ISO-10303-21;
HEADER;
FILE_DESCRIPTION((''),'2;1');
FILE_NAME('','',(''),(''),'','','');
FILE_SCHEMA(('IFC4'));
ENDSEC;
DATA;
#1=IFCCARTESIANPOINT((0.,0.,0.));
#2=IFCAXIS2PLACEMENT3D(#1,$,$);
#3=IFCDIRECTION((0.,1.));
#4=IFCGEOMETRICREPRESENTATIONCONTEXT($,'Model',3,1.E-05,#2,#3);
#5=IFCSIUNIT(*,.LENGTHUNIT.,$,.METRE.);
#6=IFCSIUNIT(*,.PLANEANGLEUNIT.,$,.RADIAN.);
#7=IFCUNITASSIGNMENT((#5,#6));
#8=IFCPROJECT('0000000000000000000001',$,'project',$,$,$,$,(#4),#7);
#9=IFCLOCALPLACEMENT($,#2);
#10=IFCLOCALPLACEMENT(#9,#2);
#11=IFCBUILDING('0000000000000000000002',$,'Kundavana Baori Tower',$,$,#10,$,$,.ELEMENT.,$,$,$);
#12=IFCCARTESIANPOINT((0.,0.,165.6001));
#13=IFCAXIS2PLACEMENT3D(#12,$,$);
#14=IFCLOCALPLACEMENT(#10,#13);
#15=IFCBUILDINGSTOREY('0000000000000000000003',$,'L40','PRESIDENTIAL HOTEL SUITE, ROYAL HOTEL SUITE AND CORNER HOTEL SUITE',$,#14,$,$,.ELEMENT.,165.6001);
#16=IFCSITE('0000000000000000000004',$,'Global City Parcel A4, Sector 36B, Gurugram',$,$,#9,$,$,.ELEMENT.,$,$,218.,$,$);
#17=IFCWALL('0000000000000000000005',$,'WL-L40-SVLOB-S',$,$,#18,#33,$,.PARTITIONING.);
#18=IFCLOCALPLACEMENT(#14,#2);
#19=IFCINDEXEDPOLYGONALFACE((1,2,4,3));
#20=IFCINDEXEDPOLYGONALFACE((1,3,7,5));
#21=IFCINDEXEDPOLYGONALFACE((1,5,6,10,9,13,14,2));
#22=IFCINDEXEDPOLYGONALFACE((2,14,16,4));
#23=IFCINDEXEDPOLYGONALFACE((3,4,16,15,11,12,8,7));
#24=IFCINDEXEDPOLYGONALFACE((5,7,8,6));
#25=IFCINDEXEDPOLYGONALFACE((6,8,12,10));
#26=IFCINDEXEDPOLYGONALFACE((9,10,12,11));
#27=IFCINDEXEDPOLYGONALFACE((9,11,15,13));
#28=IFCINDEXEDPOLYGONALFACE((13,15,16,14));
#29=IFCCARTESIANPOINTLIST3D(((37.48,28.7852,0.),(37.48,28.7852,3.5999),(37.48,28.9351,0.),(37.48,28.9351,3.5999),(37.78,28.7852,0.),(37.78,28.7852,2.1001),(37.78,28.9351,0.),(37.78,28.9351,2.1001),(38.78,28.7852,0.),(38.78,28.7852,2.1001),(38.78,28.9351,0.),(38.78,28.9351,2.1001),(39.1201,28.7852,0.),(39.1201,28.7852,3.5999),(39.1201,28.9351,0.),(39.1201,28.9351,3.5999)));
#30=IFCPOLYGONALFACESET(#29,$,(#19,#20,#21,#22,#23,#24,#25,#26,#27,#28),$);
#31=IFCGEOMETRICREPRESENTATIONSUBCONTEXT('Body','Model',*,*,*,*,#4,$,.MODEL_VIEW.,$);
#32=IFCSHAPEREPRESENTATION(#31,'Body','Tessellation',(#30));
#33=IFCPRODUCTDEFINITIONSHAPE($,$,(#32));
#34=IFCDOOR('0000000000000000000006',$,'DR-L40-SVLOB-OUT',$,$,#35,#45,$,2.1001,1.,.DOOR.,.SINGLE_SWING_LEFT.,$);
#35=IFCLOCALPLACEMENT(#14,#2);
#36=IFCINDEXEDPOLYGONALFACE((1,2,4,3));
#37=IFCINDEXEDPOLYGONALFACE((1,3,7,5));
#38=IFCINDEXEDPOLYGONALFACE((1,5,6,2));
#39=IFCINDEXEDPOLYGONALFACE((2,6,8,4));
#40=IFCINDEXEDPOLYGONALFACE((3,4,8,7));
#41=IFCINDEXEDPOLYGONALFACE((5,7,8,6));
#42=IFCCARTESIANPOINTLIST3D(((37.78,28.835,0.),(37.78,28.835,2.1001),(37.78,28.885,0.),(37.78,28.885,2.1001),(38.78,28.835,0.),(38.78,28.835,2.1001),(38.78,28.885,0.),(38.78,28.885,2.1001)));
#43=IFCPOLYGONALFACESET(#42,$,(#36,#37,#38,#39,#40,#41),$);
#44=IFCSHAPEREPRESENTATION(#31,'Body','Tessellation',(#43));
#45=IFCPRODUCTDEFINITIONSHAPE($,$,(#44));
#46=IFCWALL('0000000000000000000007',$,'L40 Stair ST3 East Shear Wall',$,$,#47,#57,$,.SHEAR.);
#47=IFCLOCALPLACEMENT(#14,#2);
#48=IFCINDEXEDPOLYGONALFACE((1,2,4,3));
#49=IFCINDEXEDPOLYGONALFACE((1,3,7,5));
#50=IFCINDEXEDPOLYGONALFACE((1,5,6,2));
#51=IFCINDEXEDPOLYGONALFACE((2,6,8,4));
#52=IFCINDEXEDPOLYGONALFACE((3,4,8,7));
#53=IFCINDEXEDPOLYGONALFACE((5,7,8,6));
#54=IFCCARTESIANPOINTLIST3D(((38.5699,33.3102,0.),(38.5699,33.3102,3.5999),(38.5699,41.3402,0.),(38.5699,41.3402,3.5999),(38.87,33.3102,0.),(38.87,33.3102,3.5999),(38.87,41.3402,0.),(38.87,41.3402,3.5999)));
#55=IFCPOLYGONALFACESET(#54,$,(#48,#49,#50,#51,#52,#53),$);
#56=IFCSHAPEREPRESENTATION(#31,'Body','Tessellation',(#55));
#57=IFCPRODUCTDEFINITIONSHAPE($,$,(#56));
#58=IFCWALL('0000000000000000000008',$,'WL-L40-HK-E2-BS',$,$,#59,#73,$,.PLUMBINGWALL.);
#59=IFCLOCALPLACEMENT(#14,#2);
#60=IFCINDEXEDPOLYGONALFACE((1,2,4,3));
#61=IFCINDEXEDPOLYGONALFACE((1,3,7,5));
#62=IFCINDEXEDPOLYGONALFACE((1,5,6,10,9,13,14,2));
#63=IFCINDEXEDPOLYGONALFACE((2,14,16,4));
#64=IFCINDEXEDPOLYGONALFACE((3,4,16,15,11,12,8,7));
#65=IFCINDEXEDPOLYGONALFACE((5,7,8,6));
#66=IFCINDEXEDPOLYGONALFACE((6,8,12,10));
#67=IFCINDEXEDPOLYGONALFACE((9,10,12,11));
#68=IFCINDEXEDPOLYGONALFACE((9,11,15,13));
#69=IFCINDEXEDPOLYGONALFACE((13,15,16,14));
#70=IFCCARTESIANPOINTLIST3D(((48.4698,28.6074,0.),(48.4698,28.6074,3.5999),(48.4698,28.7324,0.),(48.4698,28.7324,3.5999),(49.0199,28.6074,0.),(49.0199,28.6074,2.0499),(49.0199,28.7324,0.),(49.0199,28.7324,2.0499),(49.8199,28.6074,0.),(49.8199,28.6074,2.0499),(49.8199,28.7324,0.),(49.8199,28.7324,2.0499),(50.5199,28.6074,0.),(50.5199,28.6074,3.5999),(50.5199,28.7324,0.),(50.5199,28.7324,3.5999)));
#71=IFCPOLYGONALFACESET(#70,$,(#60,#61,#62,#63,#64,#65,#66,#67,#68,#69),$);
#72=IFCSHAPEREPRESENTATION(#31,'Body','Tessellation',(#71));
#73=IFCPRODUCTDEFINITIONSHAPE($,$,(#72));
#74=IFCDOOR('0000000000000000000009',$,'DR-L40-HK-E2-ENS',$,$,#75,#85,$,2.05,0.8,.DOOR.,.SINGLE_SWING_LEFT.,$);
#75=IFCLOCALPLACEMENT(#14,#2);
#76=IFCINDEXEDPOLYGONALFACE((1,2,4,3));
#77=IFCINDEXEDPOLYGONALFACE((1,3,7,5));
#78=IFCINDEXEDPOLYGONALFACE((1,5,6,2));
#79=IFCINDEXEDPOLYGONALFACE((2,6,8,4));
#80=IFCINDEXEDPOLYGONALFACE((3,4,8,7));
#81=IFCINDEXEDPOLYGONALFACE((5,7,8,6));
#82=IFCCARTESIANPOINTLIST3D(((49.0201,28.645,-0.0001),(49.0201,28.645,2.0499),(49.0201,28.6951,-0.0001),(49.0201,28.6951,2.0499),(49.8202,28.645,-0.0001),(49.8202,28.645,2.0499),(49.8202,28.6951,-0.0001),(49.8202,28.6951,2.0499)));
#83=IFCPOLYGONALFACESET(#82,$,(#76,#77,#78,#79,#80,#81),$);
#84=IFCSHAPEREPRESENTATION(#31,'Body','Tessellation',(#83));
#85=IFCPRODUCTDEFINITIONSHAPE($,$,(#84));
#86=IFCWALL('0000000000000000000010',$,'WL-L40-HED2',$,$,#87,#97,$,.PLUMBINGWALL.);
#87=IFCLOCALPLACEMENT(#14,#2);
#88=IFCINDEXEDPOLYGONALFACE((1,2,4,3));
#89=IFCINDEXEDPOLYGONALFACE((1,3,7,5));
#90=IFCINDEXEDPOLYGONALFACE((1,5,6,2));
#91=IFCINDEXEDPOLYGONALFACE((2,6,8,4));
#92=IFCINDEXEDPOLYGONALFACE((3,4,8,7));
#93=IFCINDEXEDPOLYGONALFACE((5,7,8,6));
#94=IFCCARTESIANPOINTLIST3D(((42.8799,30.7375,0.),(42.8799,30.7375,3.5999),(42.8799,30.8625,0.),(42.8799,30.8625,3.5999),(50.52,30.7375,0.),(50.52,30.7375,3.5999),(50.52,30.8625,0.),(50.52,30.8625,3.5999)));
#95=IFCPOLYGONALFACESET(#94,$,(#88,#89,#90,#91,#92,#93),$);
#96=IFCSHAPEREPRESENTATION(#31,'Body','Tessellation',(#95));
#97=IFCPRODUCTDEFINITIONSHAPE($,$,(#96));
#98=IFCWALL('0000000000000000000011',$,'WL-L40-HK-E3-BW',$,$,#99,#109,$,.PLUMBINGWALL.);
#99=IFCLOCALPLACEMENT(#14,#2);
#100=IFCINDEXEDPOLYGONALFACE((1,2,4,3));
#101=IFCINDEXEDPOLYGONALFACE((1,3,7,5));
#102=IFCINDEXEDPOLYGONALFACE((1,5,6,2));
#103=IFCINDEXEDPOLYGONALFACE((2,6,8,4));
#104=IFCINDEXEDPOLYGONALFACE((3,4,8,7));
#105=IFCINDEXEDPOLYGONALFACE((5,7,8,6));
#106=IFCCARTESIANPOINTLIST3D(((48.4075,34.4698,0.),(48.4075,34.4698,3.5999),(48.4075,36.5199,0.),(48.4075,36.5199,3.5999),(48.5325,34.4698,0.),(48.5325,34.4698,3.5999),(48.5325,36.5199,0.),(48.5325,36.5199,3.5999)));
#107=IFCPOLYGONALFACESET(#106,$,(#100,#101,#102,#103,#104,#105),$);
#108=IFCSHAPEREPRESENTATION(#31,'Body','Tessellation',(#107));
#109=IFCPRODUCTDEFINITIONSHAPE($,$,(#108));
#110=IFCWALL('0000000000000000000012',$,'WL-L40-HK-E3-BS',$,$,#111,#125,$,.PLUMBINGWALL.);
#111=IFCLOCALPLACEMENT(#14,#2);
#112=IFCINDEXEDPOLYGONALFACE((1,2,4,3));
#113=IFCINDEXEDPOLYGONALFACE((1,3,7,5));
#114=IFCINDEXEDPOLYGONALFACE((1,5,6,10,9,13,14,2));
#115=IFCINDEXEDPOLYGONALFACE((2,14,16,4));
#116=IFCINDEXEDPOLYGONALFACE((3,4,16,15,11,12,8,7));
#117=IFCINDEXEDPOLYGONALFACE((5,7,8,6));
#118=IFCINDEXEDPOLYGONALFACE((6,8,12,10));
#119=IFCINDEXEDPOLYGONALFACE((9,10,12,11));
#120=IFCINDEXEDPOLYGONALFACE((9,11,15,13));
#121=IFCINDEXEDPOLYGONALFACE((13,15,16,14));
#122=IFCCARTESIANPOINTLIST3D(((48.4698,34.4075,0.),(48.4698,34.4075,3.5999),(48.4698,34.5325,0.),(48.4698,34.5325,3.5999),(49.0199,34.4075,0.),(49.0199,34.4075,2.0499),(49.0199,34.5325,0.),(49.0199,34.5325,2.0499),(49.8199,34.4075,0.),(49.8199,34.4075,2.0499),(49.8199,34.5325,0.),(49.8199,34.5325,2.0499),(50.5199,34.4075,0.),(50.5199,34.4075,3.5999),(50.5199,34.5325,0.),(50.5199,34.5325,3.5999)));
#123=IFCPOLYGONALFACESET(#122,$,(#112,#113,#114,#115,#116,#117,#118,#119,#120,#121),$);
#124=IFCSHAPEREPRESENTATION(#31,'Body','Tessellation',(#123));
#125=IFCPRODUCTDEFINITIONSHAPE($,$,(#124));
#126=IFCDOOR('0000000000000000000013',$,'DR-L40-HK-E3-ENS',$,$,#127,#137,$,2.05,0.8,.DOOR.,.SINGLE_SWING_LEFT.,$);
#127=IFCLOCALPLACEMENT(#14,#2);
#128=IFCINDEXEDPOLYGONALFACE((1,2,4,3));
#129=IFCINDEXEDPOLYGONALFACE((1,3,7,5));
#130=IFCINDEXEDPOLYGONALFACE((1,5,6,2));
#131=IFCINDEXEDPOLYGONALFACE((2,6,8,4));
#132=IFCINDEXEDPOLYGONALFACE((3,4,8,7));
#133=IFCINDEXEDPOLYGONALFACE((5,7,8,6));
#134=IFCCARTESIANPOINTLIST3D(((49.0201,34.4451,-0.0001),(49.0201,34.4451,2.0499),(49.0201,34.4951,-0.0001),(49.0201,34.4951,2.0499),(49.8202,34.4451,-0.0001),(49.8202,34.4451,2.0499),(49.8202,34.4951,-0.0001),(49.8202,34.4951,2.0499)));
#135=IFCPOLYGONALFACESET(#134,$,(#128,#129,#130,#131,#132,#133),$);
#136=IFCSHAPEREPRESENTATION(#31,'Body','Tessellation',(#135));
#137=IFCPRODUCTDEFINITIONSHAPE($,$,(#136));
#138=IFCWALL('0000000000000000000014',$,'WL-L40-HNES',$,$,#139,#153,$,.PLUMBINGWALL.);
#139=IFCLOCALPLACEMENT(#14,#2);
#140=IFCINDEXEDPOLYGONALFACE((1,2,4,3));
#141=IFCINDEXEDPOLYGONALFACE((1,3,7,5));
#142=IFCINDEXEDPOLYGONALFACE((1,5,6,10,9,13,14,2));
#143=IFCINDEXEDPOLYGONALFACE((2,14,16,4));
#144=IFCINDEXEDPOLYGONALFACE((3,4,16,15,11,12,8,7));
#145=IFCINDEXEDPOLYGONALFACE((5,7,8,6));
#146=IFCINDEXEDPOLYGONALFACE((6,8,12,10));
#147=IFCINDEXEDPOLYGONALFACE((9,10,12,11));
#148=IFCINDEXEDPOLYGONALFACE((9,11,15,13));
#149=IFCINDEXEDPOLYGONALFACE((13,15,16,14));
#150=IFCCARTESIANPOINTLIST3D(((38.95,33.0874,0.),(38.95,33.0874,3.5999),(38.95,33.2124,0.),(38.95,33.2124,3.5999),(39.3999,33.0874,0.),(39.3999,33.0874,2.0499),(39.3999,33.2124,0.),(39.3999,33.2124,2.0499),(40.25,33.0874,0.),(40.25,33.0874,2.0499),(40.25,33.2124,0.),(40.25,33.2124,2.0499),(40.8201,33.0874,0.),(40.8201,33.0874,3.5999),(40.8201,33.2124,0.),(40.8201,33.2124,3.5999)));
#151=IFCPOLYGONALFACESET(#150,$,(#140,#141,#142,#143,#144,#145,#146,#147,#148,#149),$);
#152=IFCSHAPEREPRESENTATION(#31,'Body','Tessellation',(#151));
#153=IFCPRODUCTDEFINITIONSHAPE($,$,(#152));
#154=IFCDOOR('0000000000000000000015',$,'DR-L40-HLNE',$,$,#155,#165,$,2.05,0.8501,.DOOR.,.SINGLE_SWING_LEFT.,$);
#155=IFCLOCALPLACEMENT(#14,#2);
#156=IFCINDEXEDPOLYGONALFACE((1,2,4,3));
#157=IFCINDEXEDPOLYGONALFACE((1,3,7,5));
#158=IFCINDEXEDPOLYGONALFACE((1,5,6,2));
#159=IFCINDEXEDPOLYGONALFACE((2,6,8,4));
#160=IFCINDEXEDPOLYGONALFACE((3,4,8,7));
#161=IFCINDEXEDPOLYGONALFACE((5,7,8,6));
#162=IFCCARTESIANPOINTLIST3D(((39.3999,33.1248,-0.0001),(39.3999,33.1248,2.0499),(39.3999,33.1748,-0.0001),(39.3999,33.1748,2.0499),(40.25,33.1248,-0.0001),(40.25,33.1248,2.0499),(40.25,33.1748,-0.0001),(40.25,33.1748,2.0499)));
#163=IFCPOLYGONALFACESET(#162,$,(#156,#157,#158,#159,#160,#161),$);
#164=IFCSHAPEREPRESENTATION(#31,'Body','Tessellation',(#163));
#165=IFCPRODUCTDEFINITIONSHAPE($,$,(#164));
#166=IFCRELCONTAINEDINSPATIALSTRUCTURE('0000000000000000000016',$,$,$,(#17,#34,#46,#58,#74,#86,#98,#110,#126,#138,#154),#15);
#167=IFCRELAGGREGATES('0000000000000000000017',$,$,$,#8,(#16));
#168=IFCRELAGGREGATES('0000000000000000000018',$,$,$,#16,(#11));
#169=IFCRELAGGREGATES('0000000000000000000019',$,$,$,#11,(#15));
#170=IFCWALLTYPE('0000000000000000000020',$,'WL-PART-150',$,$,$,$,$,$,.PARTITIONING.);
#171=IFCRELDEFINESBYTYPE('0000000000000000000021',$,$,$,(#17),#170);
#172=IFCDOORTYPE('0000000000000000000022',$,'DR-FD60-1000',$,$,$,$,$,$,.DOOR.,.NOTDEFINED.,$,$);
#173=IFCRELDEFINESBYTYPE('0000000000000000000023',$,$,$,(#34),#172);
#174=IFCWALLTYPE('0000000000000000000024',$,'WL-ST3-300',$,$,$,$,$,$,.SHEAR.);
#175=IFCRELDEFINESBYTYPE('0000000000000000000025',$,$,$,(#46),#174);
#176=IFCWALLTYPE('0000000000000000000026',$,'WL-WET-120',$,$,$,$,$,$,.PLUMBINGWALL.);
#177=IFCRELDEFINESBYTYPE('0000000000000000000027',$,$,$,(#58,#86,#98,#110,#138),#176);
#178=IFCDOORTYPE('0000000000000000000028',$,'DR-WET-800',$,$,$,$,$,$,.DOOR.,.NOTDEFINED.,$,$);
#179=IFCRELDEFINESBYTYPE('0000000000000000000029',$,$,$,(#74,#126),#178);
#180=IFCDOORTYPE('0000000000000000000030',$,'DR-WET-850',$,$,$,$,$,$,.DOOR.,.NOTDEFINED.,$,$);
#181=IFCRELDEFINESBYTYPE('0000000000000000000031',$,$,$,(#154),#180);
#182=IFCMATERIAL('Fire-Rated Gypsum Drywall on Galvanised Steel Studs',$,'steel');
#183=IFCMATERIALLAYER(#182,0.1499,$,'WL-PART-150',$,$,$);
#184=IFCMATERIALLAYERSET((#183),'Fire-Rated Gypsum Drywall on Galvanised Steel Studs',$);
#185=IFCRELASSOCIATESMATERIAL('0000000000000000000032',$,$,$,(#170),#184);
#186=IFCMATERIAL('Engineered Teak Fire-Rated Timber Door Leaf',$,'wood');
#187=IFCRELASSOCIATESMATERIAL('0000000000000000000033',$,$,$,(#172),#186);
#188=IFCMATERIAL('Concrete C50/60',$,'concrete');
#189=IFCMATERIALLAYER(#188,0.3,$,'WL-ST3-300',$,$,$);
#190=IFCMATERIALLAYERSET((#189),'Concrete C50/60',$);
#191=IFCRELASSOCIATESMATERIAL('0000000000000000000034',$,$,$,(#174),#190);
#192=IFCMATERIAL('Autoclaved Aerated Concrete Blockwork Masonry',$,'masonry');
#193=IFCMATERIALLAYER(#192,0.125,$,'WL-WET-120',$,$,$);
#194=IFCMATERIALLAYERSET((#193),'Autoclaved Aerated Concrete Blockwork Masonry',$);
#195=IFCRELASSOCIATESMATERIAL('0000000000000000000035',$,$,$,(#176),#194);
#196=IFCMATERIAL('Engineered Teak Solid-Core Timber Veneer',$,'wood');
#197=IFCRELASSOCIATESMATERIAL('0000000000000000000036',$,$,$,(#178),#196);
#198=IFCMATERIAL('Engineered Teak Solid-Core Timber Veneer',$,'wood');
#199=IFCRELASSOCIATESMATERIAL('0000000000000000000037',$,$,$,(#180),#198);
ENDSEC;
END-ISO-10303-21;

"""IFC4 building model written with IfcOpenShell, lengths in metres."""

from ifc_helpers import new_model, si_unit, direction, frame, frame_2d, origin, place, context, subcontext, project, spatial, rectangle, extrude, material, layer, layer_set, type_object, element, fill, save


model = new_model("IFC4")

# Units and contexts
model_context = context("Model", 3, precision=1e-05, world=origin(), true_north=direction((0.0, 1.0)))
body_context = subcontext(model_context, "Body", "Model", "MODEL_VIEW")
ifc_project = project(units=[si_unit("LENGTHUNIT", "METRE"), si_unit("PLANEANGLEUNIT", "RADIAN")], contexts=[model_context])

# Site, building, storey
site_placement = place(None, origin())
site = spatial("IfcSite", under=ifc_project, at=site_placement, Name="Global City Parcel A4, Sector 36B, Gurugram", CompositionType="ELEMENT", RefElevation=218.0)
building_placement = place(site_placement, origin())
building = spatial("IfcBuilding", under=site, at=building_placement, Name="Kundavana Baori Tower", CompositionType="ELEMENT")
storey_placement = place(building_placement, frame((0.0, 0.0, 165.6001)))
storey = spatial("IfcBuildingStorey", under=building, at=storey_placement, Name="L40", Description="PRESIDENTIAL HOTEL SUITE, ROYAL HOTEL SUITE AND CORNER HOTEL SUITE", CompositionType="ELEMENT", Elevation=165.6001)

# Shared definitions
ifc_material_1 = material(Name="Fire-Rated Gypsum Drywall on Galvanised Steel Studs", Category="steel")
ifc_layer_1 = layer(ifc_material_1, 0.1499, Name="WL-PART-150")
ifc_layer_set_1 = layer_set([ifc_layer_1], Name="Fire-Rated Gypsum Drywall on Galvanised Steel Studs")
wall_type_1 = type_object("IfcWallType", Name="WL-PART-150", PredefinedType="PARTITIONING", material=ifc_layer_set_1)

# Wall, opening, door
wall_1_placement = place(storey_placement, frame((37.48, 28.8601, 0.0), z_axis=(0.0, 0.0, 1.0), x_axis=(1.0, 0.0, 0.0)))
wall_1 = element("IfcWall", 1, at=wall_1_placement, inside=storey, type_object=wall_type_1, Name="WL-L40-SVLOB-S", PredefinedType="PARTITIONING", context=body_context, shape_type="SweptSolid", body=[
    extrude(rectangle(XDim=1.6401, YDim=0.1499, at=frame_2d((0.8201, 0.0))), origin(), (0.0, 0.0, 1.0), 3.5999),
])
opening_1_placement = place(wall_1_placement, frame((0.3, 0.0, 0.0)))
opening_1 = element("IfcOpeningElement", 2, at=opening_1_placement, cuts=wall_1, PredefinedType="OPENING", context=body_context, shape_type="SweptSolid", body=[
    extrude(rectangle(XDim=1.0, YDim=2.1001, at=frame_2d((0.5, 1.05))), frame((0.0, 0.085, 0.0), z_axis=(0.0, -1.0, 0.0), x_axis=(1.0, 0.0, 0.0)), (0.0, 0.0, 1.0), 0.1699),
])
ifc_material_2 = material(Name="Engineered Teak Fire-Rated Timber Door Leaf", Category="wood")
door_type_1 = type_object("IfcDoorType", Name="DR-FD60-1000", OperationType="NOTDEFINED", PredefinedType="DOOR", material=ifc_material_2)
door_1_placement = place(opening_1_placement, origin())
door_1 = element("IfcDoor", 3, at=door_1_placement, inside=storey, type_object=door_type_1, Name="DR-L40-SVLOB-OUT", OperationType="SINGLE_SWING_LEFT", OverallHeight=2.1001, OverallWidth=1.0, PredefinedType="DOOR", context=body_context, shape_type="SweptSolid", body=[
    extrude(rectangle(XDim=1.0, YDim=2.1001, at=frame_2d((0.5, 1.05))), frame((0.0, 0.0249, 0.0), z_axis=(0.0, -1.0, 0.0), x_axis=(1.0, 0.0, 0.0)), (0.0, 0.0, 1.0), 0.05),
])
fill(opening_1, door_1)

# Wall
ifc_material_3 = material(Name="Concrete C50/60", Category="concrete")
ifc_layer_2 = layer(ifc_material_3, 0.3, Name="WL-ST3-300")
ifc_layer_set_2 = layer_set([ifc_layer_2], Name="Concrete C50/60")
wall_type_2 = type_object("IfcWallType", Name="WL-ST3-300", PredefinedType="SHEAR", material=ifc_layer_set_2)
wall_2_placement = place(storey_placement, frame((38.72, 33.3101, 0.0), z_axis=(0.0, 0.0, 1.0), x_axis=(0.0, 1.0, 0.0)))
element("IfcWall", 4, at=wall_2_placement, inside=storey, type_object=wall_type_2, Name="L40 Stair ST3 East Shear Wall", PredefinedType="SHEAR", context=body_context, shape_type="SweptSolid", body=[
    extrude(rectangle(XDim=8.03, YDim=0.3, at=frame_2d((4.0151, 0.0))), origin(), (0.0, 0.0, 1.0), 3.5999),
])

# Wall, opening, door
ifc_material_4 = material(Name="Autoclaved Aerated Concrete Blockwork Masonry", Category="masonry")
ifc_layer_3 = layer(ifc_material_4, 0.125, Name="WL-WET-120")
ifc_layer_set_3 = layer_set([ifc_layer_3], Name="Autoclaved Aerated Concrete Blockwork Masonry")
wall_type_3 = type_object("IfcWallType", Name="WL-WET-120", PredefinedType="PLUMBINGWALL", material=ifc_layer_set_3)
wall_3_placement = place(storey_placement, frame((48.47, 28.6699, 0.0), z_axis=(0.0, 0.0, 1.0), x_axis=(1.0, 0.0, 0.0)))
wall_3 = element("IfcWall", 5, at=wall_3_placement, inside=storey, type_object=wall_type_3, Name="WL-L40-HK-E2-BS", PredefinedType="PLUMBINGWALL", context=body_context, shape_type="SweptSolid", body=[
    extrude(rectangle(XDim=2.05, YDim=0.125, at=frame_2d((1.0249, 0.0))), origin(), (0.0, 0.0, 1.0), 3.5999),
])
opening_2_placement = place(wall_3_placement, frame((0.55, 0.0, 0.0)))
opening_2 = element("IfcOpeningElement", 6, at=opening_2_placement, cuts=wall_3, PredefinedType="OPENING", context=body_context, shape_type="SweptSolid", body=[
    extrude(rectangle(XDim=0.8, YDim=2.05, at=frame_2d((0.3999, 1.0249))), frame((0.0, 0.0725, 0.0), z_axis=(0.0, -1.0, 0.0), x_axis=(1.0, 0.0, 0.0)), (0.0, 0.0, 1.0), 0.145),
])
ifc_material_5 = material(Name="Engineered Teak Solid-Core Timber Veneer", Category="wood")
door_type_2 = type_object("IfcDoorType", Name="DR-WET-800", OperationType="NOTDEFINED", PredefinedType="DOOR", material=ifc_material_5)
door_2_placement = place(opening_2_placement, frame((0.8, 0.0, 0.0), z_axis=(0.0, 0.0, 1.0), x_axis=(-1.0, 0.0, 0.0)))
door_2 = element("IfcDoor", 7, at=door_2_placement, inside=storey, type_object=door_type_2, Name="DR-L40-HK-E2-ENS", OperationType="SINGLE_SWING_LEFT", OverallHeight=2.05, OverallWidth=0.8, PredefinedType="DOOR", context=body_context, shape_type="SweptSolid", body=[
    extrude(rectangle(XDim=0.8, YDim=2.05, at=frame_2d((0.3999, 1.0249))), frame((0.0, 0.0249, 0.0), z_axis=(0.0, -1.0, 0.0), x_axis=(1.0, 0.0, 0.0)), (0.0, 0.0, 1.0), 0.05),
])
fill(opening_2, door_2)

# Walls
wall_4_placement = place(storey_placement, frame((42.8799, 30.8, 0.0), z_axis=(0.0, 0.0, 1.0), x_axis=(1.0, 0.0, 0.0)))
element("IfcWall", 8, at=wall_4_placement, inside=storey, type_object=wall_type_3, Name="WL-L40-HED2", PredefinedType="PLUMBINGWALL", context=body_context, shape_type="SweptSolid", body=[
    extrude(rectangle(XDim=7.6401, YDim=0.125, at=frame_2d((3.8201, 0.0))), origin(), (0.0, 0.0, 1.0), 3.5999),
])
wall_5_placement = place(storey_placement, frame((48.47, 34.47, 0.0), z_axis=(0.0, 0.0, 1.0), x_axis=(0.0, 1.0, 0.0)))
element("IfcWall", 9, at=wall_5_placement, inside=storey, type_object=wall_type_3, Name="WL-L40-HK-E3-BW", PredefinedType="PLUMBINGWALL", context=body_context, shape_type="SweptSolid", body=[
    extrude(rectangle(XDim=2.05, YDim=0.125, at=frame_2d((1.0249, 0.0))), origin(), (0.0, 0.0, 1.0), 3.5999),
])

# Walls, openings, doors
wall_6_placement = place(storey_placement, frame((48.47, 34.47, 0.0), z_axis=(0.0, 0.0, 1.0), x_axis=(1.0, 0.0, 0.0)))
wall_6 = element("IfcWall", 10, at=wall_6_placement, inside=storey, type_object=wall_type_3, Name="WL-L40-HK-E3-BS", PredefinedType="PLUMBINGWALL", context=body_context, shape_type="SweptSolid", body=[
    extrude(rectangle(XDim=2.05, YDim=0.125, at=frame_2d((1.0249, 0.0))), origin(), (0.0, 0.0, 1.0), 3.5999),
])
opening_3_placement = place(wall_6_placement, frame((0.55, 0.0, 0.0)))
opening_3 = element("IfcOpeningElement", 11, at=opening_3_placement, cuts=wall_6, PredefinedType="OPENING", context=body_context, shape_type="SweptSolid", body=[
    extrude(rectangle(XDim=0.8, YDim=2.05, at=frame_2d((0.3999, 1.0249))), frame((0.0, 0.0725, 0.0), z_axis=(0.0, -1.0, 0.0), x_axis=(1.0, 0.0, 0.0)), (0.0, 0.0, 1.0), 0.145),
])
door_3_placement = place(opening_3_placement, frame((0.8, 0.0, 0.0), z_axis=(0.0, 0.0, 1.0), x_axis=(-1.0, 0.0, 0.0)))
door_3 = element("IfcDoor", 12, at=door_3_placement, inside=storey, type_object=door_type_2, Name="DR-L40-HK-E3-ENS", OperationType="SINGLE_SWING_LEFT", OverallHeight=2.05, OverallWidth=0.8, PredefinedType="DOOR", context=body_context, shape_type="SweptSolid", body=[
    extrude(rectangle(XDim=0.8, YDim=2.05, at=frame_2d((0.3999, 1.0249))), frame((0.0, 0.0249, 0.0), z_axis=(0.0, -1.0, 0.0), x_axis=(1.0, 0.0, 0.0)), (0.0, 0.0, 1.0), 0.05),
])
fill(opening_3, door_3)
wall_7_placement = place(storey_placement, frame((38.95, 33.1499, 0.0), z_axis=(0.0, 0.0, 1.0), x_axis=(1.0, 0.0, 0.0)))
wall_7 = element("IfcWall", 13, at=wall_7_placement, inside=storey, type_object=wall_type_3, Name="WL-L40-HNES", PredefinedType="PLUMBINGWALL", context=body_context, shape_type="SweptSolid", body=[
    extrude(rectangle(XDim=1.8701, YDim=0.125, at=frame_2d((0.9351, 0.0))), origin(), (0.0, 0.0, 1.0), 3.5999),
])
opening_4_placement = place(wall_7_placement, frame((0.45, 0.0, 0.0)))
opening_4 = element("IfcOpeningElement", 14, at=opening_4_placement, cuts=wall_7, PredefinedType="OPENING", context=body_context, shape_type="SweptSolid", body=[
    extrude(rectangle(XDim=0.8501, YDim=2.05, at=frame_2d((0.425, 1.0249))), frame((0.0, 0.0725, 0.0), z_axis=(0.0, -1.0, 0.0), x_axis=(1.0, 0.0, 0.0)), (0.0, 0.0, 1.0), 0.145),
])
ifc_material_6 = material(Name="Engineered Teak Solid-Core Timber Veneer", Category="wood")
door_type_3 = type_object("IfcDoorType", Name="DR-WET-850", OperationType="NOTDEFINED", PredefinedType="DOOR", material=ifc_material_6)
door_4_placement = place(opening_4_placement, origin())
door_4 = element("IfcDoor", 15, at=door_4_placement, inside=storey, type_object=door_type_3, Name="DR-L40-HLNE", OperationType="SINGLE_SWING_LEFT", OverallHeight=2.05, OverallWidth=0.8501, PredefinedType="DOOR", context=body_context, shape_type="SweptSolid", body=[
    extrude(rectangle(XDim=0.8501, YDim=2.05, at=frame_2d((0.425, 1.0249))), frame((0.0, 0.0249, 0.0), z_axis=(0.0, -1.0, 0.0), x_axis=(1.0, 0.0, 0.0)), (0.0, 0.0, 1.0), 0.05),
])
fill(opening_4, door_4)

save(model, "model.ifc")
